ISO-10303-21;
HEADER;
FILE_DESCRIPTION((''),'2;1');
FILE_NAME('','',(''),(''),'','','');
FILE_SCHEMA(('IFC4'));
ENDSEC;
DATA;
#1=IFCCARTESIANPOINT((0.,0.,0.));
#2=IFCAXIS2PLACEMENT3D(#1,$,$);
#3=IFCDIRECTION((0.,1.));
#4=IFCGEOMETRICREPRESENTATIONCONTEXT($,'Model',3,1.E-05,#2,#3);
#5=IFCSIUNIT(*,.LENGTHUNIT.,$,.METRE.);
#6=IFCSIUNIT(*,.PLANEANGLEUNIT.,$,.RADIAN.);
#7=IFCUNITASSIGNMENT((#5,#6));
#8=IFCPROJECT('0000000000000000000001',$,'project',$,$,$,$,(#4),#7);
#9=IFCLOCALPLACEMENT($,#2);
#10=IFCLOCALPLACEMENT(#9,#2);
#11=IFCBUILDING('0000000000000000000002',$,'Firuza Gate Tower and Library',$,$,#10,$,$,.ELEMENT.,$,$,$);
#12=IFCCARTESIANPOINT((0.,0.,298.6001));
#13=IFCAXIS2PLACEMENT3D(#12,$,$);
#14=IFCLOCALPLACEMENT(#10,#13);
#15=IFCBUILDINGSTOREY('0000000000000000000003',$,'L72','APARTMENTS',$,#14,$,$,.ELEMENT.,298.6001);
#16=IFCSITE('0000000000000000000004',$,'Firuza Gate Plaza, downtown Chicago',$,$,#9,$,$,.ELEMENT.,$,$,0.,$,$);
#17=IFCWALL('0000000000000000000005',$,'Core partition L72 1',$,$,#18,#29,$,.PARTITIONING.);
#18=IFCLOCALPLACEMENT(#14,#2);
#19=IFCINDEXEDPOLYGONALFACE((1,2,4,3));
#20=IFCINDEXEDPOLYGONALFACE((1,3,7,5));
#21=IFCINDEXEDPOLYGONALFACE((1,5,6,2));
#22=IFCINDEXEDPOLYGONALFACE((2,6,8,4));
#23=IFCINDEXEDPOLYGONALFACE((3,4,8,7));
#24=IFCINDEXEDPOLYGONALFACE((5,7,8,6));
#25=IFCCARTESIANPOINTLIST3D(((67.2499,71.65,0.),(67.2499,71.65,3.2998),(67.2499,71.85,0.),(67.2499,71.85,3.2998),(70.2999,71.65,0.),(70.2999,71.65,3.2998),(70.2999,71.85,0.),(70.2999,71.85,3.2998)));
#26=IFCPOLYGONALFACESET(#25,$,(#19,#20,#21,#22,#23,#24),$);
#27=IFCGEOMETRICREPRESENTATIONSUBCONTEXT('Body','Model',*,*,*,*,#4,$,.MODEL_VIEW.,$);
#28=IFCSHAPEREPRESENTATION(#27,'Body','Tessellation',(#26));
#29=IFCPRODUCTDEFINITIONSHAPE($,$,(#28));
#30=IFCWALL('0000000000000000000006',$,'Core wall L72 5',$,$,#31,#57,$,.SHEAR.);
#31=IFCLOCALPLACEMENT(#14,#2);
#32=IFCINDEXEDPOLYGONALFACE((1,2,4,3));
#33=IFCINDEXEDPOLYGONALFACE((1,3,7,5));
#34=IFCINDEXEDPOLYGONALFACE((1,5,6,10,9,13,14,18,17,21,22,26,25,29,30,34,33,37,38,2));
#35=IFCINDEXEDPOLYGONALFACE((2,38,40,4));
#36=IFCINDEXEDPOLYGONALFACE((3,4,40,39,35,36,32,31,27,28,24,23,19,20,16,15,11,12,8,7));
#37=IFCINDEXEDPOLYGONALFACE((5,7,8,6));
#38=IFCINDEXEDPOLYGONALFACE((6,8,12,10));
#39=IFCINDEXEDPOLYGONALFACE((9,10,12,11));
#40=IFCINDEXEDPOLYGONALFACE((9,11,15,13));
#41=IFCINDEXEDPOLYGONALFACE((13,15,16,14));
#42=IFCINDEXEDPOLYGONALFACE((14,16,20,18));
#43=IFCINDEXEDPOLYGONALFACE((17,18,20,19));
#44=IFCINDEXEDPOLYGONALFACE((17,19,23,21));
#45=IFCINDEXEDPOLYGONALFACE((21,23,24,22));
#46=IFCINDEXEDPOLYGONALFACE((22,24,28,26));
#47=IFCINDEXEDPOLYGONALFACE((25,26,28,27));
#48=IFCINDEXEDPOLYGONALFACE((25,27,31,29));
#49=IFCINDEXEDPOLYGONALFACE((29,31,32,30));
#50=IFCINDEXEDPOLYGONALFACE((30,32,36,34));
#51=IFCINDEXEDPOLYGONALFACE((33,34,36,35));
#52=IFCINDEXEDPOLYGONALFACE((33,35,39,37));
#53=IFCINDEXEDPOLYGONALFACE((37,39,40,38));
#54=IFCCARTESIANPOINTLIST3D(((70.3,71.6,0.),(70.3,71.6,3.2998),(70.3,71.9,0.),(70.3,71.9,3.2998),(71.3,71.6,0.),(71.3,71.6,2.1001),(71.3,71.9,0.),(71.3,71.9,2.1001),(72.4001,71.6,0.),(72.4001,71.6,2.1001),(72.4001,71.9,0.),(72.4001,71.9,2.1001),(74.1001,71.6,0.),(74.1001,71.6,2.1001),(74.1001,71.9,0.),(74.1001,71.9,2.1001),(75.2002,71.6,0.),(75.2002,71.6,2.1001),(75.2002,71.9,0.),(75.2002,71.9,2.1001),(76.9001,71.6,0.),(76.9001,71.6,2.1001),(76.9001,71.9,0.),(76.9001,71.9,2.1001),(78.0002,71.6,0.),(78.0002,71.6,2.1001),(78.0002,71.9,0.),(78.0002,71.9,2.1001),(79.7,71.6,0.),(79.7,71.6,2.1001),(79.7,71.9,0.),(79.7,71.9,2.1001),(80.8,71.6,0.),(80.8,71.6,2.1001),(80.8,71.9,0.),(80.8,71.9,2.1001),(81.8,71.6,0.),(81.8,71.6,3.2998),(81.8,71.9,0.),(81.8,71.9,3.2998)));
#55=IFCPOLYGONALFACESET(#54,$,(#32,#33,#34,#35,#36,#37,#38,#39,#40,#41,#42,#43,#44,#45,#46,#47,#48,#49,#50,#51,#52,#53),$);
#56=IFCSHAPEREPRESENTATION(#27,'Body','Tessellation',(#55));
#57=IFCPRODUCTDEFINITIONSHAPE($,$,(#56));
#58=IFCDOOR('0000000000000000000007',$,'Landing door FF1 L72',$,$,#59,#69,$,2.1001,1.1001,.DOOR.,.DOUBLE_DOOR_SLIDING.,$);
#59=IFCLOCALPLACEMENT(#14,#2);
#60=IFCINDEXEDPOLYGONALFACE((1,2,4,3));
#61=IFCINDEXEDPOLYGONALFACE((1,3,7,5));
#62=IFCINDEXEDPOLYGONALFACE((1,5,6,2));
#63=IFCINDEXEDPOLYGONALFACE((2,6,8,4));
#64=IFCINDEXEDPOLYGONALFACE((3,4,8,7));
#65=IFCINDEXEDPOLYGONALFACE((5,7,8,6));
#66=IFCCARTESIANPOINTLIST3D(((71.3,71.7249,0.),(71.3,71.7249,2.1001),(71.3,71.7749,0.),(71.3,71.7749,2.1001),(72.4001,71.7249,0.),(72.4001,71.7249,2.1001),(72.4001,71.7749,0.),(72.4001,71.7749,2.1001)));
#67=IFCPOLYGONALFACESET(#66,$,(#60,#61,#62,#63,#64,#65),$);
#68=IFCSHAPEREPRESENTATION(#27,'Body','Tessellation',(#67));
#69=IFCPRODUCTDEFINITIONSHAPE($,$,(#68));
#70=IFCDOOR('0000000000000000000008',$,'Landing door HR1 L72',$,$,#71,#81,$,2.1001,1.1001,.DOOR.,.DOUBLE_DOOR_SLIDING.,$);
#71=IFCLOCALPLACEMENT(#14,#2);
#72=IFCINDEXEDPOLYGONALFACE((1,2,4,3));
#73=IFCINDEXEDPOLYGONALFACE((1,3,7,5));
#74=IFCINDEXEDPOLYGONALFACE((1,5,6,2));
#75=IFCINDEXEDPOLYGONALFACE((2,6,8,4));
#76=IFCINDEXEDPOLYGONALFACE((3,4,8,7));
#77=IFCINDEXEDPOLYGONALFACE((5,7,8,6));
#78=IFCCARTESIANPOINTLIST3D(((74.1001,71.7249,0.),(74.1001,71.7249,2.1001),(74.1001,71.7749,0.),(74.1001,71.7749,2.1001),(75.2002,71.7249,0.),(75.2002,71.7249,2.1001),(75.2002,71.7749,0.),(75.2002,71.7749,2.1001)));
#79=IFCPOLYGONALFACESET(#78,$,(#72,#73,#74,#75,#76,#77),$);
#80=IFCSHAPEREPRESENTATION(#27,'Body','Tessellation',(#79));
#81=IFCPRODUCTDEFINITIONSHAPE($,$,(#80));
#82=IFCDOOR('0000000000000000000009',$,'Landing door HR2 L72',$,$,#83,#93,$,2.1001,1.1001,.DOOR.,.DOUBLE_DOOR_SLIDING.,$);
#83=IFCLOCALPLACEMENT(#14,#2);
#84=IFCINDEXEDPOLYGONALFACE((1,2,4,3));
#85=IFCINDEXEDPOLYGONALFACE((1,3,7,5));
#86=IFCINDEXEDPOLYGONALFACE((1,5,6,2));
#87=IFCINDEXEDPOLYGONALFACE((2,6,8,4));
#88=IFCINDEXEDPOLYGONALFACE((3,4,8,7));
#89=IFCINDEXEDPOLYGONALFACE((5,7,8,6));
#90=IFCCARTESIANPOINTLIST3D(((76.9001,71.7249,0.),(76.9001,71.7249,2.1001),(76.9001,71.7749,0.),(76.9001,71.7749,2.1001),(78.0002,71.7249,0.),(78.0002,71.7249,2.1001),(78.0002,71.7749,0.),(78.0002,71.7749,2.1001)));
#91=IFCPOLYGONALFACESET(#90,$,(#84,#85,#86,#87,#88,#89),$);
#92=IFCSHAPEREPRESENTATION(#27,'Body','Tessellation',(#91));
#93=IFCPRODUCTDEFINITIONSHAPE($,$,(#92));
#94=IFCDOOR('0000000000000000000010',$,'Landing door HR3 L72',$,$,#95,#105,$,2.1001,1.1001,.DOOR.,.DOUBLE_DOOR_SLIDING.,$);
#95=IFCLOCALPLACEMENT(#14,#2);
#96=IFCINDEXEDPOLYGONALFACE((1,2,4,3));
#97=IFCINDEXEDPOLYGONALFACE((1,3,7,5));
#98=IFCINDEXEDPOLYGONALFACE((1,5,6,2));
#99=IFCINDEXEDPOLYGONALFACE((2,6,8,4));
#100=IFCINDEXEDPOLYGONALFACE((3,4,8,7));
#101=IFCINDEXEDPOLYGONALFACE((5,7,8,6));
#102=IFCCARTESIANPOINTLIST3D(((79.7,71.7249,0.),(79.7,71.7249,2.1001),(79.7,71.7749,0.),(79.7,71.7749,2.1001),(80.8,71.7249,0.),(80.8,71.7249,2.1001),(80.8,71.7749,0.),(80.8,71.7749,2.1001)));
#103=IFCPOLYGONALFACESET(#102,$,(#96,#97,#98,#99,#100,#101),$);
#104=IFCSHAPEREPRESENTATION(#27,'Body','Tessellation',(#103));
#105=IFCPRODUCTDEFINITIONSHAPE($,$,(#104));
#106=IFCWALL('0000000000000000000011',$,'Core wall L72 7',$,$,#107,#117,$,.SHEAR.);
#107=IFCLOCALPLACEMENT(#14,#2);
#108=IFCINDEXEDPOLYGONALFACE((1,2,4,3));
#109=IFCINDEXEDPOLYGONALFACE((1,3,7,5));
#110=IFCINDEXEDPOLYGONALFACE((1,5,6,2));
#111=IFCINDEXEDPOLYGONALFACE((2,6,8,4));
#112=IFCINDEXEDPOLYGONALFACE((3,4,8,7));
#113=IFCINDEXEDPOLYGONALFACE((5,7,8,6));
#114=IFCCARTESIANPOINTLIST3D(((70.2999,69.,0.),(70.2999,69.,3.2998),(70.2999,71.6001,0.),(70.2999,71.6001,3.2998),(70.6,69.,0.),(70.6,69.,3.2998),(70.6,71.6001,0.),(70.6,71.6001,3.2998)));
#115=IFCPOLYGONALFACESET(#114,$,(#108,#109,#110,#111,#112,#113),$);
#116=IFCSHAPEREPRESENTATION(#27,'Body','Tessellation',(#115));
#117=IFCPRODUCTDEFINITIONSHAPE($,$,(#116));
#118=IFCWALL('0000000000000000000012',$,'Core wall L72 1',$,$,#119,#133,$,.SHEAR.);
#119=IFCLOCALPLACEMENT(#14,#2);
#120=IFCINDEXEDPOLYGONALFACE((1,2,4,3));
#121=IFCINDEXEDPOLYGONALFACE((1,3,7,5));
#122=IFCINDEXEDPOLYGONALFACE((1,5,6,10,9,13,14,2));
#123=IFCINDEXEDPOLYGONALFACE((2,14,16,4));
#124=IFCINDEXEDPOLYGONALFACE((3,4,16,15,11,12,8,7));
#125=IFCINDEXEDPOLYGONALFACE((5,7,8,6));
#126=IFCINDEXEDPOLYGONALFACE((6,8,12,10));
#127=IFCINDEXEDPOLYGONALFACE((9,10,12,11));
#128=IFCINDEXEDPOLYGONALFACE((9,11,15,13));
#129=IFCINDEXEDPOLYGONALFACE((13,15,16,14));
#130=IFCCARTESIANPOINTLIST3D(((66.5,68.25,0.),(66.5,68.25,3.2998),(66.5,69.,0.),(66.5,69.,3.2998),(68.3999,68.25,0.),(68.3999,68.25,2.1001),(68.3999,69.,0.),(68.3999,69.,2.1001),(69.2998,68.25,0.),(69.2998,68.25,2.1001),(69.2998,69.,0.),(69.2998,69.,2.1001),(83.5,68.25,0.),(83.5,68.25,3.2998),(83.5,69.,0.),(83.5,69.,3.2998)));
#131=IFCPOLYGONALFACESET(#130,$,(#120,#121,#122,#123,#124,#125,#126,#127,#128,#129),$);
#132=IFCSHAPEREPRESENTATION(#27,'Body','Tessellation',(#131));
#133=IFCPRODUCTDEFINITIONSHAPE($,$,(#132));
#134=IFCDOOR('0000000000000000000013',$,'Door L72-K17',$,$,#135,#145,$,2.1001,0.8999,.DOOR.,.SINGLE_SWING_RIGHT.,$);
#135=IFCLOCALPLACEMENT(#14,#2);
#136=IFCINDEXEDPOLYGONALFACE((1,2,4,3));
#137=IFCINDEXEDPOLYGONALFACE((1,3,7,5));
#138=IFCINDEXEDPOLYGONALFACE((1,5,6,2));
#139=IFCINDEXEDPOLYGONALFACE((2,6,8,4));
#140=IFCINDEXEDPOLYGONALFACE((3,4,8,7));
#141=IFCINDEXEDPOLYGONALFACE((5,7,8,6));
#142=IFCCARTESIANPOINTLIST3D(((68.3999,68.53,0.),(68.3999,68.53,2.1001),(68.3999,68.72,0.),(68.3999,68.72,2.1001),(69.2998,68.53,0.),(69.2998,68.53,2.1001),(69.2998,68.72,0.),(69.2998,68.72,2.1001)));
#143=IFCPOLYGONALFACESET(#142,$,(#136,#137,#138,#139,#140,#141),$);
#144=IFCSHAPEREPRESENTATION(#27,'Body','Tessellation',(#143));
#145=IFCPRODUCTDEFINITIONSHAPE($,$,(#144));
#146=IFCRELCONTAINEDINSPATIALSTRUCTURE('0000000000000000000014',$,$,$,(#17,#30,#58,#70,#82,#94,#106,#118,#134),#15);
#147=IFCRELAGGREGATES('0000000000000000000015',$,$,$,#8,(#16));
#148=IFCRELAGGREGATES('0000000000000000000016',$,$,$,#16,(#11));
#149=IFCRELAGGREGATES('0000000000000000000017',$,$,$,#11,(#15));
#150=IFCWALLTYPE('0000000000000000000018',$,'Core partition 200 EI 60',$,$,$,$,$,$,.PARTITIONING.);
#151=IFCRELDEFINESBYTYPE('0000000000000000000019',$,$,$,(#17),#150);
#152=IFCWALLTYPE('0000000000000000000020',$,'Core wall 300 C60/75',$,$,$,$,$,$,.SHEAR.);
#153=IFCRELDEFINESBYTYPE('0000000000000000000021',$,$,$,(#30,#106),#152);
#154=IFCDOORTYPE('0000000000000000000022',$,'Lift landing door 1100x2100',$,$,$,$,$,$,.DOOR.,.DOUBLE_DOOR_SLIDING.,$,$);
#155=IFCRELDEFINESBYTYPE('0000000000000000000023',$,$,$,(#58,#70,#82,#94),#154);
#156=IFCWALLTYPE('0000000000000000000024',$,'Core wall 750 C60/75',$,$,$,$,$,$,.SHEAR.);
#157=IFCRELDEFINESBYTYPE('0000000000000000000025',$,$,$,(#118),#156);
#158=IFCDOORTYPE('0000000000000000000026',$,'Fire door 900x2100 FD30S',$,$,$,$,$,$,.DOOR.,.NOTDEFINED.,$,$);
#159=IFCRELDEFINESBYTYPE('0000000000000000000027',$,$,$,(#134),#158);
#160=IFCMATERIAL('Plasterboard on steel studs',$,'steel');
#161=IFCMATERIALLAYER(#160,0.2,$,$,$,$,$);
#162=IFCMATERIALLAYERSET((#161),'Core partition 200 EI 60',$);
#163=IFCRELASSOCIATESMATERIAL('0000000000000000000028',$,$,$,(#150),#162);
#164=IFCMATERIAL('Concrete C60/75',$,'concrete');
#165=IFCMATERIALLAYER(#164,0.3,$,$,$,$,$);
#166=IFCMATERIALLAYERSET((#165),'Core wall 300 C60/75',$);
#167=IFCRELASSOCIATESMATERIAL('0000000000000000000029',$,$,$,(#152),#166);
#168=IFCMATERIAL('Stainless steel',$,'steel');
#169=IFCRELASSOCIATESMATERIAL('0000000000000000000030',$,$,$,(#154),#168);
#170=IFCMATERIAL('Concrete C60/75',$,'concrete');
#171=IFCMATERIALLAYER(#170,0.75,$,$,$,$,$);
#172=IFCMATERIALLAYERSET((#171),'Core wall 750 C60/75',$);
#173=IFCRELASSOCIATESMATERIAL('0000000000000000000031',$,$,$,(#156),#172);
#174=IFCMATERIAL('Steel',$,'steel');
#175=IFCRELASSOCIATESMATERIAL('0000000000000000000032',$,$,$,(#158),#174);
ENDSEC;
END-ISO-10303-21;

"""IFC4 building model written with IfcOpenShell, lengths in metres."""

from ifc_helpers import new_model, si_unit, direction, frame, frame_2d, origin, place, context, subcontext, project, spatial, rectangle, extrude, material, layer, layer_set, type_object, element, fill, save


model = new_model("IFC4")

# Units and contexts
model_context = context("Model", 3, precision=1e-05, world=origin(), true_north=direction((0.0, 1.0)))
body_context = subcontext(model_context, "Body", "Model", "MODEL_VIEW")
ifc_project = project(units=[si_unit("LENGTHUNIT", "METRE"), si_unit("PLANEANGLEUNIT", "RADIAN")], contexts=[model_context])

# Site, building, storey
site_placement = place(None, origin())
site = spatial("IfcSite", under=ifc_project, at=site_placement, Name="Firuza Gate Plaza, downtown Chicago", CompositionType="ELEMENT", RefElevation=0.0)
building_placement = place(site_placement, origin())
building = spatial("IfcBuilding", under=site, at=building_placement, Name="Firuza Gate Tower and Library", CompositionType="ELEMENT")
storey_placement = place(building_placement, frame((0.0, 0.0, 298.6001)))
storey = spatial("IfcBuildingStorey", under=building, at=storey_placement, Name="L72", Description="APARTMENTS", CompositionType="ELEMENT", Elevation=298.6001)

# Wall
ifc_material_1 = material(Name="Plasterboard on steel studs", Category="steel")
ifc_layer_1 = layer(ifc_material_1, 0.2)
ifc_layer_set_1 = layer_set([ifc_layer_1], Name="Core partition 200 EI 60")
wall_type_1 = type_object("IfcWallType", Name="Core partition 200 EI 60", PredefinedType="PARTITIONING", material=ifc_layer_set_1)
wall_1_placement = place(storey_placement, frame((67.25, 71.75, 0.0), z_axis=(0.0, 0.0, 1.0), x_axis=(1.0, 0.0, 0.0)))
element("IfcWall", 1, at=wall_1_placement, inside=storey, type_object=wall_type_1, Name="Core partition L72 1", PredefinedType="PARTITIONING", context=body_context, shape_type="SweptSolid", body=[
    extrude(rectangle(XDim=3.05, YDim=0.2, at=frame_2d((1.5249, 0.0))), origin(), (0.0, 0.0, 1.0), 3.2998),
])

# Wall, openings, doors
ifc_material_2 = material(Name="Concrete C60/75", Category="concrete")
ifc_layer_2 = layer(ifc_material_2, 0.3)
ifc_layer_set_2 = layer_set([ifc_layer_2], Name="Core wall 300 C60/75")
wall_type_2 = type_object("IfcWallType", Name="Core wall 300 C60/75", PredefinedType="SHEAR", material=ifc_layer_set_2)
wall_2_placement = place(storey_placement, frame((70.3, 71.75, 0.0), z_axis=(0.0, 0.0, 1.0), x_axis=(1.0, 0.0, 0.0)))
wall_2 = element("IfcWall", 2, at=wall_2_placement, inside=storey, type_object=wall_type_2, Name="Core wall L72 5", PredefinedType="SHEAR", context=body_context, shape_type="SweptSolid", body=[
    extrude(rectangle(XDim=11.5, YDim=0.3, at=frame_2d((5.75, 0.0))), origin(), (0.0, 0.0, 1.0), 3.2998),
])
opening_1_placement = place(wall_2_placement, frame((1.0, 0.0, 0.0)))
opening_1 = element("IfcOpeningElement", 3, at=opening_1_placement, cuts=wall_2, PredefinedType="OPENING", context=body_context, shape_type="SweptSolid", body=[
    extrude(rectangle(XDim=1.1001, YDim=2.1001, at=frame_2d((0.55, 1.05))), frame((0.0, 0.1602, 0.0), z_axis=(0.0, -1.0, 0.0), x_axis=(1.0, 0.0, 0.0)), (0.0, 0.0, 1.0), 0.3201),
])
opening_2_placement = place(wall_2_placement, frame((3.8, 0.0, 0.0)))
opening_2 = element("IfcOpeningElement", 4, at=opening_2_placement, cuts=wall_2, PredefinedType="OPENING", context=body_context, shape_type="SweptSolid", body=[
    extrude(rectangle(XDim=1.1001, YDim=2.1001, at=frame_2d((0.55, 1.05))), frame((0.0, 0.1602, 0.0), z_axis=(0.0, -1.0, 0.0), x_axis=(1.0, 0.0, 0.0)), (0.0, 0.0, 1.0), 0.3201),
])
opening_3_placement = place(wall_2_placement, frame((6.6001, 0.0, 0.0)))
opening_3 = element("IfcOpeningElement", 5, at=opening_3_placement, cuts=wall_2, PredefinedType="OPENING", context=body_context, shape_type="SweptSolid", body=[
    extrude(rectangle(XDim=1.1001, YDim=2.1001, at=frame_2d((0.55, 1.05))), frame((0.0, 0.1602, 0.0), z_axis=(0.0, -1.0, 0.0), x_axis=(1.0, 0.0, 0.0)), (0.0, 0.0, 1.0), 0.3201),
])
opening_4_placement = place(wall_2_placement, frame((9.3999, 0.0, 0.0)))
opening_4 = element("IfcOpeningElement", 6, at=opening_4_placement, cuts=wall_2, PredefinedType="OPENING", context=body_context, shape_type="SweptSolid", body=[
    extrude(rectangle(XDim=1.1001, YDim=2.1001, at=frame_2d((0.55, 1.05))), frame((0.0, 0.1602, 0.0), z_axis=(0.0, -1.0, 0.0), x_axis=(1.0, 0.0, 0.0)), (0.0, 0.0, 1.0), 0.3201),
])
ifc_material_3 = material(Name="Stainless steel", Category="steel")
door_type_1 = type_object("IfcDoorType", Name="Lift landing door 1100x2100", OperationType="DOUBLE_DOOR_SLIDING", PredefinedType="DOOR", material=ifc_material_3)
door_1_placement = place(opening_1_placement, origin())
door_1 = element("IfcDoor", 7, at=door_1_placement, inside=storey, type_object=door_type_1, Name="Landing door FF1 L72", OperationType="DOUBLE_DOOR_SLIDING", OverallHeight=2.1001, OverallWidth=1.1001, PredefinedType="DOOR", context=body_context, shape_type="SweptSolid", body=[
    extrude(rectangle(XDim=1.1001, YDim=2.1001, at=frame_2d((0.55, 1.05))), frame((0.0, 0.0249, 0.0), z_axis=(0.0, -1.0, 0.0), x_axis=(1.0, 0.0, 0.0)), (0.0, 0.0, 1.0), 0.05),
])
fill(opening_1, door_1)
door_2_placement = place(opening_2_placement, origin())
door_2 = element("IfcDoor", 8, at=door_2_placement, inside=storey, type_object=door_type_1, Name="Landing door HR1 L72", OperationType="DOUBLE_DOOR_SLIDING", OverallHeight=2.1001, OverallWidth=1.1001, PredefinedType="DOOR", context=body_context, shape_type="SweptSolid", body=[
    extrude(rectangle(XDim=1.1001, YDim=2.1001, at=frame_2d((0.55, 1.05))), frame((0.0, 0.0249, 0.0), z_axis=(0.0, -1.0, 0.0), x_axis=(1.0, 0.0, 0.0)), (0.0, 0.0, 1.0), 0.05),
])
fill(opening_2, door_2)
door_3_placement = place(opening_3_placement, origin())
door_3 = element("IfcDoor", 9, at=door_3_placement, inside=storey, type_object=door_type_1, Name="Landing door HR2 L72", OperationType="DOUBLE_DOOR_SLIDING", OverallHeight=2.1001, OverallWidth=1.1001, PredefinedType="DOOR", context=body_context, shape_type="SweptSolid", body=[
    extrude(rectangle(XDim=1.1001, YDim=2.1001, at=frame_2d((0.55, 1.05))), frame((0.0, 0.0249, 0.0), z_axis=(0.0, -1.0, 0.0), x_axis=(1.0, 0.0, 0.0)), (0.0, 0.0, 1.0), 0.05),
])
fill(opening_3, door_3)
door_4_placement = place(opening_4_placement, origin())
door_4 = element("IfcDoor", 10, at=door_4_placement, inside=storey, type_object=door_type_1, Name="Landing door HR3 L72", OperationType="DOUBLE_DOOR_SLIDING", OverallHeight=2.1001, OverallWidth=1.1001, PredefinedType="DOOR", context=body_context, shape_type="SweptSolid", body=[
    extrude(rectangle(XDim=1.1001, YDim=2.1001, at=frame_2d((0.55, 1.05))), frame((0.0, 0.0249, 0.0), z_axis=(0.0, -1.0, 0.0), x_axis=(1.0, 0.0, 0.0)), (0.0, 0.0, 1.0), 0.05),
])
fill(opening_4, door_4)

# Wall
wall_3_placement = place(storey_placement, frame((70.45, 69.0, 0.0), z_axis=(0.0, 0.0, 1.0), x_axis=(0.0, 1.0, 0.0)))
element("IfcWall", 11, at=wall_3_placement, inside=storey, type_object=wall_type_2, Name="Core wall L72 7", PredefinedType="SHEAR", context=body_context, shape_type="SweptSolid", body=[
    extrude(rectangle(XDim=2.6001, YDim=0.3, at=frame_2d((1.3, 0.0))), origin(), (0.0, 0.0, 1.0), 3.2998),
])

# Wall, opening, door
ifc_material_4 = material(Name="Concrete C60/75", Category="concrete")
ifc_layer_3 = layer(ifc_material_4, 0.75)
ifc_layer_set_3 = layer_set([ifc_layer_3], Name="Core wall 750 C60/75")
wall_type_3 = type_object("IfcWallType", Name="Core wall 750 C60/75", PredefinedType="SHEAR", material=ifc_layer_set_3)
wall_4_placement = place(storey_placement, frame((66.5, 68.625, 0.0), z_axis=(0.0, 0.0, 1.0), x_axis=(1.0, 0.0, 0.0)))
wall_4 = element("IfcWall", 12, at=wall_4_placement, inside=storey, type_object=wall_type_3, Name="Core wall L72 1", PredefinedType="SHEAR", context=body_context, shape_type="SweptSolid", body=[
    extrude(rectangle(XDim=17.0, YDim=0.75, at=frame_2d((8.5, 0.0))), origin(), (0.0, 0.0, 1.0), 3.2998),
])
opening_5_placement = place(wall_4_placement, frame((1.8999, 0.0, 0.0)))
opening_5 = element("IfcOpeningElement", 13, at=opening_5_placement, cuts=wall_4, PredefinedType="OPENING", context=body_context, shape_type="SweptSolid", body=[
    extrude(rectangle(XDim=0.8999, YDim=2.1001, at=frame_2d((0.45, 1.05))), frame((0.0, 0.385, 0.0), z_axis=(0.0, -1.0, 0.0), x_axis=(1.0, 0.0, 0.0)), (0.0, 0.0, 1.0), 0.77),
])
ifc_material_5 = material(Name="Steel", Category="steel")
door_type_2 = type_object("IfcDoorType", Name="Fire door 900x2100 FD30S", OperationType="NOTDEFINED", PredefinedType="DOOR", material=ifc_material_5)
door_5_placement = place(opening_5_placement, origin())
door_5 = element("IfcDoor", 14, at=door_5_placement, inside=storey, type_object=door_type_2, Name="Door L72-K17", OperationType="SINGLE_SWING_RIGHT", OverallHeight=2.1001, OverallWidth=0.8999, PredefinedType="DOOR", context=body_context, shape_type="SweptSolid", body=[
    extrude(rectangle(XDim=0.8999, YDim=2.1001, at=frame_2d((0.45, 1.05))), frame((0.0, 0.095, 0.0), z_axis=(0.0, -1.0, 0.0), x_axis=(1.0, 0.0, 0.0)), (0.0, 0.0, 1.0), 0.1899),
])
fill(opening_5, door_5)

save(model, "model.ifc")
